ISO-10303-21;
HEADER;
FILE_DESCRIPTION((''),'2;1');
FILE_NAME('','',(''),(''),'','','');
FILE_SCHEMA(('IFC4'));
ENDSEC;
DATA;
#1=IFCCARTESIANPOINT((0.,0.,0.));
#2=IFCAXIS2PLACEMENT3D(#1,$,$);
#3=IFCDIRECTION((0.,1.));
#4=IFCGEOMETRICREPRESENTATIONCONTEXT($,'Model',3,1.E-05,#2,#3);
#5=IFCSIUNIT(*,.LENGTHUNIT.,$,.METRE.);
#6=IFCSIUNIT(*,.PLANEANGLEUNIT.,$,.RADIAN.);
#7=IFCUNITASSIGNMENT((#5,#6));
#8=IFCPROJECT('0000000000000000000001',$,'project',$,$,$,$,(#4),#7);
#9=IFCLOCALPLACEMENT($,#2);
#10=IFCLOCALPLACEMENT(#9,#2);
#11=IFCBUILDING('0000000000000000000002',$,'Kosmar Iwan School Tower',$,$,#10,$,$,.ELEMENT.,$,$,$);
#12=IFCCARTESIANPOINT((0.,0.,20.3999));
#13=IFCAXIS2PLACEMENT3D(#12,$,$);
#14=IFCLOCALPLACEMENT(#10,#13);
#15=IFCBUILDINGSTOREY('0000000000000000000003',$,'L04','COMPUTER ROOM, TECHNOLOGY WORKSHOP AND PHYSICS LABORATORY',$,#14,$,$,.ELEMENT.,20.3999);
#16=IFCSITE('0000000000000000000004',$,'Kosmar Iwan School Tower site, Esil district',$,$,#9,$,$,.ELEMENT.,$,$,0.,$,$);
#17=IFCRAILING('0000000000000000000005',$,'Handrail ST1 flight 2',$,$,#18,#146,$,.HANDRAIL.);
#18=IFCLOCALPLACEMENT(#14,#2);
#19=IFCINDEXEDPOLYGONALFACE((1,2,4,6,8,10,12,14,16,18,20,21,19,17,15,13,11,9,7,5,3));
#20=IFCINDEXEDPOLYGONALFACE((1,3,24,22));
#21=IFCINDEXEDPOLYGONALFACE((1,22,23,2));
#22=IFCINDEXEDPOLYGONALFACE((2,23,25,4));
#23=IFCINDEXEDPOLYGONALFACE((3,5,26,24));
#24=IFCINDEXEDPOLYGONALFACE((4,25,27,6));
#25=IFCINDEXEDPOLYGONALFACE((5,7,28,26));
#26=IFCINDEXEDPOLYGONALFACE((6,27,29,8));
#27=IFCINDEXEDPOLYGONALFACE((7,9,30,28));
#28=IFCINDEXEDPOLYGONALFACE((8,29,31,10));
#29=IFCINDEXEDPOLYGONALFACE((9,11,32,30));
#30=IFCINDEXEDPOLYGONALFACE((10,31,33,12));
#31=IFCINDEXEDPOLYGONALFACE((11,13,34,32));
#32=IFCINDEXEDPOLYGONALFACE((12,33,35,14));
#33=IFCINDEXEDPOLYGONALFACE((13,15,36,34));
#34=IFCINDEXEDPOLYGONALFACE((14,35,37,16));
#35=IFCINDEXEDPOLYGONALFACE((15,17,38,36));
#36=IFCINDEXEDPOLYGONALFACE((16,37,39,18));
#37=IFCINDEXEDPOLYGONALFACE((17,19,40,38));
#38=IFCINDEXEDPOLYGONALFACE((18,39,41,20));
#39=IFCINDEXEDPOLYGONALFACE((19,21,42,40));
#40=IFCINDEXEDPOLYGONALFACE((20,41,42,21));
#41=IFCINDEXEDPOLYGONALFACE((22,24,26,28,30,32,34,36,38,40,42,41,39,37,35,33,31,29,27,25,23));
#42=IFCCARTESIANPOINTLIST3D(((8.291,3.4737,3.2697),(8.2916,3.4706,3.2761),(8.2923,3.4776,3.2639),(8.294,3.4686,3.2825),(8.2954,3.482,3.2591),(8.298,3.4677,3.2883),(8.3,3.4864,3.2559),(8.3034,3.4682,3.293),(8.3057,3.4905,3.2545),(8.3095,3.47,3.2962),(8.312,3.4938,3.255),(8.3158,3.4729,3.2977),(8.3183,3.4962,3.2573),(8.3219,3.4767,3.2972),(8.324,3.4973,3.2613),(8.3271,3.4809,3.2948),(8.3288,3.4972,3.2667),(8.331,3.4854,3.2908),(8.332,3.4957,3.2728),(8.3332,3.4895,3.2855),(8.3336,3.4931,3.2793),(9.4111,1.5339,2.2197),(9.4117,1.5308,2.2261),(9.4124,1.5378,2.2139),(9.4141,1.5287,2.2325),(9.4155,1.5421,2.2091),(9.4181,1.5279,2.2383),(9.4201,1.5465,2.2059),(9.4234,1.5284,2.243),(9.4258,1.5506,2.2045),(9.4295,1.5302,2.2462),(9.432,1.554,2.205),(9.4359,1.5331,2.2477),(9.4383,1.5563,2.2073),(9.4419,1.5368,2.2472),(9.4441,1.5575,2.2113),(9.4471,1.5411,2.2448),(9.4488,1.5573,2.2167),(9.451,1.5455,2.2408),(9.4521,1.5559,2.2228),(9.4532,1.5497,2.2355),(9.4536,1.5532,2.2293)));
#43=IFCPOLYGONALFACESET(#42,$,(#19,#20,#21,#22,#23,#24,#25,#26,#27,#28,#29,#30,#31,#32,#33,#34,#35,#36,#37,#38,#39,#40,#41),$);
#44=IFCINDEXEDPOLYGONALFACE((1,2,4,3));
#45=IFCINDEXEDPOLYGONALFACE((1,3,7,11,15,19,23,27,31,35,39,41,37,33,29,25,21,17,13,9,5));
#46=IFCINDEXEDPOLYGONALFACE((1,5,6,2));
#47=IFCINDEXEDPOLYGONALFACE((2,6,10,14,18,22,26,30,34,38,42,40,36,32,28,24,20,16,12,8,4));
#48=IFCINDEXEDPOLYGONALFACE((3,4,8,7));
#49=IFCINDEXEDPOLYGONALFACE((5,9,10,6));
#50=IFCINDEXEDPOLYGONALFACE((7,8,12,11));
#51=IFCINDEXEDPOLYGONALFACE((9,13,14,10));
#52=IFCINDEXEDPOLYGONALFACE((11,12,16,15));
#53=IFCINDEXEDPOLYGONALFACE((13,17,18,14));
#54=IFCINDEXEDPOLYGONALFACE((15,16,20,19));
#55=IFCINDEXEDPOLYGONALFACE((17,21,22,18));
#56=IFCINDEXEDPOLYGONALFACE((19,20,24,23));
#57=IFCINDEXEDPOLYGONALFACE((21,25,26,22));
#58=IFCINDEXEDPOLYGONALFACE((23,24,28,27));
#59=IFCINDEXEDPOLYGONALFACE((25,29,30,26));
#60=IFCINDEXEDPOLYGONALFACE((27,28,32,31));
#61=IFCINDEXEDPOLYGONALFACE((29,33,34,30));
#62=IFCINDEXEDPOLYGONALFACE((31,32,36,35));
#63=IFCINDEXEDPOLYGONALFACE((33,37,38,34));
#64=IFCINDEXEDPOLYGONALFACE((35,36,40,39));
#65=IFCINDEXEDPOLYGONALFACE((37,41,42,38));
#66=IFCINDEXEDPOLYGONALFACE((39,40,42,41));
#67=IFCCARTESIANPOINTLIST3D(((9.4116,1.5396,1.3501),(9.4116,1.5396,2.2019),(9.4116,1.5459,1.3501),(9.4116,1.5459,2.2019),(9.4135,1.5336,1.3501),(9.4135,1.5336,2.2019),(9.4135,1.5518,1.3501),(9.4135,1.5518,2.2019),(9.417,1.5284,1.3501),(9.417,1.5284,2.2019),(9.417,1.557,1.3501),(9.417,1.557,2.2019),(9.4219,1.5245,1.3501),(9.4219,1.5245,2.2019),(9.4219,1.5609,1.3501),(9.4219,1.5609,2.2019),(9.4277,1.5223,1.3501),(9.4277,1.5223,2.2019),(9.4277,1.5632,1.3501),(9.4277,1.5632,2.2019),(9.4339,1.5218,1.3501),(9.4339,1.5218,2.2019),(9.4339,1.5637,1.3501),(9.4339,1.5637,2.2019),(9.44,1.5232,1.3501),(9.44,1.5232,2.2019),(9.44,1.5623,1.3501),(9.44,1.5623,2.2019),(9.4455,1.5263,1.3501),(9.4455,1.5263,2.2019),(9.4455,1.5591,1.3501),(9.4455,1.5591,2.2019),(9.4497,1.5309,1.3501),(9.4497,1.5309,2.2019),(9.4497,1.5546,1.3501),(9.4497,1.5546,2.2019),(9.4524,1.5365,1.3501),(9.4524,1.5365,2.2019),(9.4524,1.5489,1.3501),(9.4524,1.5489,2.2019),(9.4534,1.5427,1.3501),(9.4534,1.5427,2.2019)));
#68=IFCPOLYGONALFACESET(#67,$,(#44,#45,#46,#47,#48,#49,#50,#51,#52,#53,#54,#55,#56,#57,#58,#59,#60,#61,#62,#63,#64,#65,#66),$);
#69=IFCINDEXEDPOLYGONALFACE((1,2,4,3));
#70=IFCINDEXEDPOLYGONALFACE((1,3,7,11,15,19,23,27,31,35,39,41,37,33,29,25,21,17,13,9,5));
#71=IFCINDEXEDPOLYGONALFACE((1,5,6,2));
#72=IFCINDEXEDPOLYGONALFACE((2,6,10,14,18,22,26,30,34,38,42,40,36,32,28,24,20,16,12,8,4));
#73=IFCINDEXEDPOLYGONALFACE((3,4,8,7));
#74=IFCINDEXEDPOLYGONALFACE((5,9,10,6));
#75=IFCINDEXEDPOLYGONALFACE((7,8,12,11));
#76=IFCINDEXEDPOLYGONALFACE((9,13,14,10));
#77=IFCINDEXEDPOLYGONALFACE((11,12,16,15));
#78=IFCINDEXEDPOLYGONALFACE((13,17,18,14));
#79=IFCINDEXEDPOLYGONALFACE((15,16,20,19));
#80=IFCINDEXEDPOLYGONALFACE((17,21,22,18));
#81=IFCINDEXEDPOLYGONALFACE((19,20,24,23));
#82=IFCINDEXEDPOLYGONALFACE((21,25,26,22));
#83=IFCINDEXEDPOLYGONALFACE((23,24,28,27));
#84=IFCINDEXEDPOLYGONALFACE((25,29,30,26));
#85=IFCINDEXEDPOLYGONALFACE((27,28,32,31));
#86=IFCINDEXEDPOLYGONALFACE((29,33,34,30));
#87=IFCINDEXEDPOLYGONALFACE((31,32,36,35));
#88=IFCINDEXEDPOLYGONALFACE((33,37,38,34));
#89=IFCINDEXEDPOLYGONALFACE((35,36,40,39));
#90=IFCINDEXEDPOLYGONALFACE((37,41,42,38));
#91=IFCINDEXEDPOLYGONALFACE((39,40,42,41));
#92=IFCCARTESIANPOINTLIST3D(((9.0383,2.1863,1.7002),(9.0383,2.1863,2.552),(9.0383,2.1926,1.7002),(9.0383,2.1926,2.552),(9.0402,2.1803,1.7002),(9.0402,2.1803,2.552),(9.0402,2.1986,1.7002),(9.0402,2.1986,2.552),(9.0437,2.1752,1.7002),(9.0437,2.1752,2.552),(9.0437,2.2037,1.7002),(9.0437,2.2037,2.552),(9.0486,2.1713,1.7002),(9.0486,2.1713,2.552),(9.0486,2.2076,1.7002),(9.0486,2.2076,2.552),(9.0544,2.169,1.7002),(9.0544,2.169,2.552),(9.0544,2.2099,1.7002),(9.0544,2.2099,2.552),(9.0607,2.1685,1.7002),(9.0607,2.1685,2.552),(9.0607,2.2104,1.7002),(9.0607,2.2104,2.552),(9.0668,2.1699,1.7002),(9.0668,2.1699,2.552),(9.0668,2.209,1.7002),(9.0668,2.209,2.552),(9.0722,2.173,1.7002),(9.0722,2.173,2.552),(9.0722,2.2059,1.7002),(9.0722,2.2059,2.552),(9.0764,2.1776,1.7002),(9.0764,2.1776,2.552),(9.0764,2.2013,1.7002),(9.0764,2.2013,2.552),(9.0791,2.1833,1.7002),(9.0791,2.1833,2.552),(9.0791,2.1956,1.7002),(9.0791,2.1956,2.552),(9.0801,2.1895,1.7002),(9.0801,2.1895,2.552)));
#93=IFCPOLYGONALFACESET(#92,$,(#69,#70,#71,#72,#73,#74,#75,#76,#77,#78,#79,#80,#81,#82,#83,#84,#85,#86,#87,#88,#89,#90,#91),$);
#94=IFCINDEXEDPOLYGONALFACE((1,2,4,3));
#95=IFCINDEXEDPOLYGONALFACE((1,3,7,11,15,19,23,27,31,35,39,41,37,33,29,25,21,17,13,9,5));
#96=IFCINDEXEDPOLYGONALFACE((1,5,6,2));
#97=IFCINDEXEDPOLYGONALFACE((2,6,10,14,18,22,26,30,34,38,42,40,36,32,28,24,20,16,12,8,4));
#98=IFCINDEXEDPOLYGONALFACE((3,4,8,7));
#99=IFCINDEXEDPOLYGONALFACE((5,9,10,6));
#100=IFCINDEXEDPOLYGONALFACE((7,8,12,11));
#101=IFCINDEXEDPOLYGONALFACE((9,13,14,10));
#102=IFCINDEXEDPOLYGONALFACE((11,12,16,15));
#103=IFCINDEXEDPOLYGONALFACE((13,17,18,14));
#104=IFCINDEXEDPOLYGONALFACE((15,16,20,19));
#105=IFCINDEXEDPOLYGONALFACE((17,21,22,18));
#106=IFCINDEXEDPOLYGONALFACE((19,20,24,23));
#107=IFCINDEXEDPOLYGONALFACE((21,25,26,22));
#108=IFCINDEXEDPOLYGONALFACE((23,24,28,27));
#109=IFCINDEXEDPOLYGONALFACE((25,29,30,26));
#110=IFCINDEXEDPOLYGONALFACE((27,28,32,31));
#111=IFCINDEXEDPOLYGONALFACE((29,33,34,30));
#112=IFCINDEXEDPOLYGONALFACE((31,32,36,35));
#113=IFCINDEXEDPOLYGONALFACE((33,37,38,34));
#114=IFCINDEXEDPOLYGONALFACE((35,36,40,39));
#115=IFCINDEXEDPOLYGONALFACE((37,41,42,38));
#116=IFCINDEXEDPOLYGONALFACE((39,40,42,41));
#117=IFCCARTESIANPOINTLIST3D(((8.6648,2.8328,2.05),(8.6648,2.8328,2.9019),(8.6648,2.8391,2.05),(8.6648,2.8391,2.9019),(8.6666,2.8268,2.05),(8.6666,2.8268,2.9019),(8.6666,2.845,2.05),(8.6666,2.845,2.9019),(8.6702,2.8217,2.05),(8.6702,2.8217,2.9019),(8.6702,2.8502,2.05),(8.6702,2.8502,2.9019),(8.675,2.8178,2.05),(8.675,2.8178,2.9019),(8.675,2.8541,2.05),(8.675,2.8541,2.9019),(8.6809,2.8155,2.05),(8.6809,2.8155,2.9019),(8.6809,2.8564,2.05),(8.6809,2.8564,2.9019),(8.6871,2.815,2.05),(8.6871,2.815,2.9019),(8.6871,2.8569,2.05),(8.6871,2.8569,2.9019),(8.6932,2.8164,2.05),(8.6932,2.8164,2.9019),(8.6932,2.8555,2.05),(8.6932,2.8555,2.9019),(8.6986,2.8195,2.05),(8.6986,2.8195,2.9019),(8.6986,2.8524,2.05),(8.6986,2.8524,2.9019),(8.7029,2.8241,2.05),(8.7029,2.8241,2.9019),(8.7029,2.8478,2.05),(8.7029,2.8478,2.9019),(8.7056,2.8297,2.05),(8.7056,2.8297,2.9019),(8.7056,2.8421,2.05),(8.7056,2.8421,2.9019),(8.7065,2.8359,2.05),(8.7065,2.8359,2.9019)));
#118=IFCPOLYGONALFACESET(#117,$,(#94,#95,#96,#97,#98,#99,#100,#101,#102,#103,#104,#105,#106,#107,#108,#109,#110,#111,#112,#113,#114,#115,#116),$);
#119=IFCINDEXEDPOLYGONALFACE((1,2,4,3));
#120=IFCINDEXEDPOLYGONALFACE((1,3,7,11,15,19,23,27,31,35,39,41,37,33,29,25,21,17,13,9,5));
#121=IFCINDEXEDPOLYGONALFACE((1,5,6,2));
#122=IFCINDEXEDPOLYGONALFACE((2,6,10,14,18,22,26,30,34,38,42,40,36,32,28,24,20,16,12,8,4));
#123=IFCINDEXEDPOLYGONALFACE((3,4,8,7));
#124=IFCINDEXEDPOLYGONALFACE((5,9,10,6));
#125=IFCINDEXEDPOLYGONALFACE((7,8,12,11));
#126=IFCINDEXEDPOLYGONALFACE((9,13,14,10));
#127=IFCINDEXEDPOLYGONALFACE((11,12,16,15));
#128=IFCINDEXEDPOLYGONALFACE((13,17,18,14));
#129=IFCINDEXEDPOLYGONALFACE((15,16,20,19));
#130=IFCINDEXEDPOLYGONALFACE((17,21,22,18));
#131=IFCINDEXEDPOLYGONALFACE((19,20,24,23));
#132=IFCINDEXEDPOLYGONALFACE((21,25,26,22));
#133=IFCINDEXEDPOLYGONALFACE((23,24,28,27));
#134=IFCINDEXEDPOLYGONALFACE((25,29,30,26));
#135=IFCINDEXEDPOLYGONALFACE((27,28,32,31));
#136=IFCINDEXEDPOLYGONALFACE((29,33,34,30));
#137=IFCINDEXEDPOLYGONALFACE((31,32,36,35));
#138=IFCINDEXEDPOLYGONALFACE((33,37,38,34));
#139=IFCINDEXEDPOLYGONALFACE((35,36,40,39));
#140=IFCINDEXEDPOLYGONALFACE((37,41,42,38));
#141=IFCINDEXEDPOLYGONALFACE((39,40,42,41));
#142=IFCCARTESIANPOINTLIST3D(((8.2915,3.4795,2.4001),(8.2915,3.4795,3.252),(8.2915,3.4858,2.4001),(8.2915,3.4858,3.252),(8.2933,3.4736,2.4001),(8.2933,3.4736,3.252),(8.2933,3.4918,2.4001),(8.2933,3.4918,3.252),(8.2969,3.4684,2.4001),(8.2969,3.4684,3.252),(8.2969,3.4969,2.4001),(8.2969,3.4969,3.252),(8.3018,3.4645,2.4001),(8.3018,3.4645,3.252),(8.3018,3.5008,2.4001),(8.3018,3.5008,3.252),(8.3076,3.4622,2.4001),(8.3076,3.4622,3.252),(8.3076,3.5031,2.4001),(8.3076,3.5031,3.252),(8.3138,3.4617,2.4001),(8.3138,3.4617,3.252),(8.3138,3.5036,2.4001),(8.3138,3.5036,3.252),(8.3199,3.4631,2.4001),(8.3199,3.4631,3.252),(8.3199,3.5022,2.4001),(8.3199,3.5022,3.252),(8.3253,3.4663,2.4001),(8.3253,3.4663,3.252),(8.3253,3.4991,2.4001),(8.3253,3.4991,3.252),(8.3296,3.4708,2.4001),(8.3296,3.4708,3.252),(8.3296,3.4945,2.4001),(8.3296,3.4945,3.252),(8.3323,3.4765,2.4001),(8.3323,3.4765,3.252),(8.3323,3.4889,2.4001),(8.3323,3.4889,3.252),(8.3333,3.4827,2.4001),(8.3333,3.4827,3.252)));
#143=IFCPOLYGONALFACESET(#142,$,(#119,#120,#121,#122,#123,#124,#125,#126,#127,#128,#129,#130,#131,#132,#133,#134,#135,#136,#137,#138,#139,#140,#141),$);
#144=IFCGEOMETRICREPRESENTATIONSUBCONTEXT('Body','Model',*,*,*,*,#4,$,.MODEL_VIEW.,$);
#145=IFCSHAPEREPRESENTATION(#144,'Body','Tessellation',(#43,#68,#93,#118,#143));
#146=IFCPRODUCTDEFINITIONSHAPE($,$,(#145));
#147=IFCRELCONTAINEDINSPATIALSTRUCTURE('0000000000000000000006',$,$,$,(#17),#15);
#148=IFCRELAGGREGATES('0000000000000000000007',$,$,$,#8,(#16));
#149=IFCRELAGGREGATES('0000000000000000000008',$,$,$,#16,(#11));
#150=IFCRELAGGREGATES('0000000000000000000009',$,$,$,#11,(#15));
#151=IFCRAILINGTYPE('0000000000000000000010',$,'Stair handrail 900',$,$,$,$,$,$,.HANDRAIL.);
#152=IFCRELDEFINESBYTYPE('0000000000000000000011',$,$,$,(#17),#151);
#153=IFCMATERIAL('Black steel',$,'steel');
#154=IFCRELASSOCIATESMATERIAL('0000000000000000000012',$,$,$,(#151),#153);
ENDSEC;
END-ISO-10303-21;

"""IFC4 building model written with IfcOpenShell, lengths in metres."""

from ifc_helpers import new_model, si_unit, direction, frame, origin, origin_2d, place, context, subcontext, project, spatial, circle, extrude, material, type_object, element, save


model = new_model("IFC4")

# Units and contexts
model_context = context("Model", 3, precision=1e-05, world=origin(), true_north=direction((0.0, 1.0)))
body_context = subcontext(model_context, "Body", "Model", "MODEL_VIEW")
ifc_project = project(units=[si_unit("LENGTHUNIT", "METRE"), si_unit("PLANEANGLEUNIT", "RADIAN")], contexts=[model_context])

# Site, building, storey
site_placement = place(None, origin())
site = spatial("IfcSite", under=ifc_project, at=site_placement, Name="Kosmar Iwan School Tower site, Esil district", CompositionType="ELEMENT", RefElevation=0.0)
building_placement = place(site_placement, origin())
building = spatial("IfcBuilding", under=site, at=building_placement, Name="Kosmar Iwan School Tower", CompositionType="ELEMENT")
storey_placement = place(building_placement, frame((0.0, 0.0, 20.3999)))
storey = spatial("IfcBuildingStorey", under=building, at=storey_placement, Name="L04", Description="COMPUTER ROOM, TECHNOLOGY WORKSHOP AND PHYSICS LABORATORY", CompositionType="ELEMENT", Elevation=20.3999)

# Railing
ifc_material_1 = material(Name="Black steel", Category="steel")
railing_type = type_object("IfcRailingType", Name="Stair handrail 900", PredefinedType="HANDRAIL", material=ifc_material_1)
railing_1_placement = place(storey_placement, frame((9.4324, 1.5427, 1.3501)))
element("IfcRailing", 1, at=railing_1_placement, inside=storey, type_object=railing_type, Name="Handrail ST1 flight 2", PredefinedType="HANDRAIL", context=body_context, shape_type="SweptSolid", body=[
    extrude(circle(Radius=0.0239, at=origin_2d()), frame((0.0, 0.0, 0.876), z_axis=(-0.452757, 0.784134, 0.424435), x_axis=(-0.866008, -0.500031, 0.0)), (0.0, 0.0, 1.0), 2.4739),
    extrude(circle(Radius=0.021, at=origin_2d()), origin(), (0.0, 0.0, 1.0), 0.8518),
    extrude(circle(Radius=0.021, at=origin_2d()), frame((-0.3733, 0.6467, 0.3501)), (0.0, 0.0, 1.0), 0.8518),
    extrude(circle(Radius=0.021, at=origin_2d()), frame((-0.7468, 1.2932, 0.7)), (0.0, 0.0, 1.0), 0.8518),
    extrude(circle(Radius=0.021, at=origin_2d()), frame((-1.1201, 1.9399, 1.05)), (0.0, 0.0, 1.0), 0.8518),
])

save(model, "model.ifc")
